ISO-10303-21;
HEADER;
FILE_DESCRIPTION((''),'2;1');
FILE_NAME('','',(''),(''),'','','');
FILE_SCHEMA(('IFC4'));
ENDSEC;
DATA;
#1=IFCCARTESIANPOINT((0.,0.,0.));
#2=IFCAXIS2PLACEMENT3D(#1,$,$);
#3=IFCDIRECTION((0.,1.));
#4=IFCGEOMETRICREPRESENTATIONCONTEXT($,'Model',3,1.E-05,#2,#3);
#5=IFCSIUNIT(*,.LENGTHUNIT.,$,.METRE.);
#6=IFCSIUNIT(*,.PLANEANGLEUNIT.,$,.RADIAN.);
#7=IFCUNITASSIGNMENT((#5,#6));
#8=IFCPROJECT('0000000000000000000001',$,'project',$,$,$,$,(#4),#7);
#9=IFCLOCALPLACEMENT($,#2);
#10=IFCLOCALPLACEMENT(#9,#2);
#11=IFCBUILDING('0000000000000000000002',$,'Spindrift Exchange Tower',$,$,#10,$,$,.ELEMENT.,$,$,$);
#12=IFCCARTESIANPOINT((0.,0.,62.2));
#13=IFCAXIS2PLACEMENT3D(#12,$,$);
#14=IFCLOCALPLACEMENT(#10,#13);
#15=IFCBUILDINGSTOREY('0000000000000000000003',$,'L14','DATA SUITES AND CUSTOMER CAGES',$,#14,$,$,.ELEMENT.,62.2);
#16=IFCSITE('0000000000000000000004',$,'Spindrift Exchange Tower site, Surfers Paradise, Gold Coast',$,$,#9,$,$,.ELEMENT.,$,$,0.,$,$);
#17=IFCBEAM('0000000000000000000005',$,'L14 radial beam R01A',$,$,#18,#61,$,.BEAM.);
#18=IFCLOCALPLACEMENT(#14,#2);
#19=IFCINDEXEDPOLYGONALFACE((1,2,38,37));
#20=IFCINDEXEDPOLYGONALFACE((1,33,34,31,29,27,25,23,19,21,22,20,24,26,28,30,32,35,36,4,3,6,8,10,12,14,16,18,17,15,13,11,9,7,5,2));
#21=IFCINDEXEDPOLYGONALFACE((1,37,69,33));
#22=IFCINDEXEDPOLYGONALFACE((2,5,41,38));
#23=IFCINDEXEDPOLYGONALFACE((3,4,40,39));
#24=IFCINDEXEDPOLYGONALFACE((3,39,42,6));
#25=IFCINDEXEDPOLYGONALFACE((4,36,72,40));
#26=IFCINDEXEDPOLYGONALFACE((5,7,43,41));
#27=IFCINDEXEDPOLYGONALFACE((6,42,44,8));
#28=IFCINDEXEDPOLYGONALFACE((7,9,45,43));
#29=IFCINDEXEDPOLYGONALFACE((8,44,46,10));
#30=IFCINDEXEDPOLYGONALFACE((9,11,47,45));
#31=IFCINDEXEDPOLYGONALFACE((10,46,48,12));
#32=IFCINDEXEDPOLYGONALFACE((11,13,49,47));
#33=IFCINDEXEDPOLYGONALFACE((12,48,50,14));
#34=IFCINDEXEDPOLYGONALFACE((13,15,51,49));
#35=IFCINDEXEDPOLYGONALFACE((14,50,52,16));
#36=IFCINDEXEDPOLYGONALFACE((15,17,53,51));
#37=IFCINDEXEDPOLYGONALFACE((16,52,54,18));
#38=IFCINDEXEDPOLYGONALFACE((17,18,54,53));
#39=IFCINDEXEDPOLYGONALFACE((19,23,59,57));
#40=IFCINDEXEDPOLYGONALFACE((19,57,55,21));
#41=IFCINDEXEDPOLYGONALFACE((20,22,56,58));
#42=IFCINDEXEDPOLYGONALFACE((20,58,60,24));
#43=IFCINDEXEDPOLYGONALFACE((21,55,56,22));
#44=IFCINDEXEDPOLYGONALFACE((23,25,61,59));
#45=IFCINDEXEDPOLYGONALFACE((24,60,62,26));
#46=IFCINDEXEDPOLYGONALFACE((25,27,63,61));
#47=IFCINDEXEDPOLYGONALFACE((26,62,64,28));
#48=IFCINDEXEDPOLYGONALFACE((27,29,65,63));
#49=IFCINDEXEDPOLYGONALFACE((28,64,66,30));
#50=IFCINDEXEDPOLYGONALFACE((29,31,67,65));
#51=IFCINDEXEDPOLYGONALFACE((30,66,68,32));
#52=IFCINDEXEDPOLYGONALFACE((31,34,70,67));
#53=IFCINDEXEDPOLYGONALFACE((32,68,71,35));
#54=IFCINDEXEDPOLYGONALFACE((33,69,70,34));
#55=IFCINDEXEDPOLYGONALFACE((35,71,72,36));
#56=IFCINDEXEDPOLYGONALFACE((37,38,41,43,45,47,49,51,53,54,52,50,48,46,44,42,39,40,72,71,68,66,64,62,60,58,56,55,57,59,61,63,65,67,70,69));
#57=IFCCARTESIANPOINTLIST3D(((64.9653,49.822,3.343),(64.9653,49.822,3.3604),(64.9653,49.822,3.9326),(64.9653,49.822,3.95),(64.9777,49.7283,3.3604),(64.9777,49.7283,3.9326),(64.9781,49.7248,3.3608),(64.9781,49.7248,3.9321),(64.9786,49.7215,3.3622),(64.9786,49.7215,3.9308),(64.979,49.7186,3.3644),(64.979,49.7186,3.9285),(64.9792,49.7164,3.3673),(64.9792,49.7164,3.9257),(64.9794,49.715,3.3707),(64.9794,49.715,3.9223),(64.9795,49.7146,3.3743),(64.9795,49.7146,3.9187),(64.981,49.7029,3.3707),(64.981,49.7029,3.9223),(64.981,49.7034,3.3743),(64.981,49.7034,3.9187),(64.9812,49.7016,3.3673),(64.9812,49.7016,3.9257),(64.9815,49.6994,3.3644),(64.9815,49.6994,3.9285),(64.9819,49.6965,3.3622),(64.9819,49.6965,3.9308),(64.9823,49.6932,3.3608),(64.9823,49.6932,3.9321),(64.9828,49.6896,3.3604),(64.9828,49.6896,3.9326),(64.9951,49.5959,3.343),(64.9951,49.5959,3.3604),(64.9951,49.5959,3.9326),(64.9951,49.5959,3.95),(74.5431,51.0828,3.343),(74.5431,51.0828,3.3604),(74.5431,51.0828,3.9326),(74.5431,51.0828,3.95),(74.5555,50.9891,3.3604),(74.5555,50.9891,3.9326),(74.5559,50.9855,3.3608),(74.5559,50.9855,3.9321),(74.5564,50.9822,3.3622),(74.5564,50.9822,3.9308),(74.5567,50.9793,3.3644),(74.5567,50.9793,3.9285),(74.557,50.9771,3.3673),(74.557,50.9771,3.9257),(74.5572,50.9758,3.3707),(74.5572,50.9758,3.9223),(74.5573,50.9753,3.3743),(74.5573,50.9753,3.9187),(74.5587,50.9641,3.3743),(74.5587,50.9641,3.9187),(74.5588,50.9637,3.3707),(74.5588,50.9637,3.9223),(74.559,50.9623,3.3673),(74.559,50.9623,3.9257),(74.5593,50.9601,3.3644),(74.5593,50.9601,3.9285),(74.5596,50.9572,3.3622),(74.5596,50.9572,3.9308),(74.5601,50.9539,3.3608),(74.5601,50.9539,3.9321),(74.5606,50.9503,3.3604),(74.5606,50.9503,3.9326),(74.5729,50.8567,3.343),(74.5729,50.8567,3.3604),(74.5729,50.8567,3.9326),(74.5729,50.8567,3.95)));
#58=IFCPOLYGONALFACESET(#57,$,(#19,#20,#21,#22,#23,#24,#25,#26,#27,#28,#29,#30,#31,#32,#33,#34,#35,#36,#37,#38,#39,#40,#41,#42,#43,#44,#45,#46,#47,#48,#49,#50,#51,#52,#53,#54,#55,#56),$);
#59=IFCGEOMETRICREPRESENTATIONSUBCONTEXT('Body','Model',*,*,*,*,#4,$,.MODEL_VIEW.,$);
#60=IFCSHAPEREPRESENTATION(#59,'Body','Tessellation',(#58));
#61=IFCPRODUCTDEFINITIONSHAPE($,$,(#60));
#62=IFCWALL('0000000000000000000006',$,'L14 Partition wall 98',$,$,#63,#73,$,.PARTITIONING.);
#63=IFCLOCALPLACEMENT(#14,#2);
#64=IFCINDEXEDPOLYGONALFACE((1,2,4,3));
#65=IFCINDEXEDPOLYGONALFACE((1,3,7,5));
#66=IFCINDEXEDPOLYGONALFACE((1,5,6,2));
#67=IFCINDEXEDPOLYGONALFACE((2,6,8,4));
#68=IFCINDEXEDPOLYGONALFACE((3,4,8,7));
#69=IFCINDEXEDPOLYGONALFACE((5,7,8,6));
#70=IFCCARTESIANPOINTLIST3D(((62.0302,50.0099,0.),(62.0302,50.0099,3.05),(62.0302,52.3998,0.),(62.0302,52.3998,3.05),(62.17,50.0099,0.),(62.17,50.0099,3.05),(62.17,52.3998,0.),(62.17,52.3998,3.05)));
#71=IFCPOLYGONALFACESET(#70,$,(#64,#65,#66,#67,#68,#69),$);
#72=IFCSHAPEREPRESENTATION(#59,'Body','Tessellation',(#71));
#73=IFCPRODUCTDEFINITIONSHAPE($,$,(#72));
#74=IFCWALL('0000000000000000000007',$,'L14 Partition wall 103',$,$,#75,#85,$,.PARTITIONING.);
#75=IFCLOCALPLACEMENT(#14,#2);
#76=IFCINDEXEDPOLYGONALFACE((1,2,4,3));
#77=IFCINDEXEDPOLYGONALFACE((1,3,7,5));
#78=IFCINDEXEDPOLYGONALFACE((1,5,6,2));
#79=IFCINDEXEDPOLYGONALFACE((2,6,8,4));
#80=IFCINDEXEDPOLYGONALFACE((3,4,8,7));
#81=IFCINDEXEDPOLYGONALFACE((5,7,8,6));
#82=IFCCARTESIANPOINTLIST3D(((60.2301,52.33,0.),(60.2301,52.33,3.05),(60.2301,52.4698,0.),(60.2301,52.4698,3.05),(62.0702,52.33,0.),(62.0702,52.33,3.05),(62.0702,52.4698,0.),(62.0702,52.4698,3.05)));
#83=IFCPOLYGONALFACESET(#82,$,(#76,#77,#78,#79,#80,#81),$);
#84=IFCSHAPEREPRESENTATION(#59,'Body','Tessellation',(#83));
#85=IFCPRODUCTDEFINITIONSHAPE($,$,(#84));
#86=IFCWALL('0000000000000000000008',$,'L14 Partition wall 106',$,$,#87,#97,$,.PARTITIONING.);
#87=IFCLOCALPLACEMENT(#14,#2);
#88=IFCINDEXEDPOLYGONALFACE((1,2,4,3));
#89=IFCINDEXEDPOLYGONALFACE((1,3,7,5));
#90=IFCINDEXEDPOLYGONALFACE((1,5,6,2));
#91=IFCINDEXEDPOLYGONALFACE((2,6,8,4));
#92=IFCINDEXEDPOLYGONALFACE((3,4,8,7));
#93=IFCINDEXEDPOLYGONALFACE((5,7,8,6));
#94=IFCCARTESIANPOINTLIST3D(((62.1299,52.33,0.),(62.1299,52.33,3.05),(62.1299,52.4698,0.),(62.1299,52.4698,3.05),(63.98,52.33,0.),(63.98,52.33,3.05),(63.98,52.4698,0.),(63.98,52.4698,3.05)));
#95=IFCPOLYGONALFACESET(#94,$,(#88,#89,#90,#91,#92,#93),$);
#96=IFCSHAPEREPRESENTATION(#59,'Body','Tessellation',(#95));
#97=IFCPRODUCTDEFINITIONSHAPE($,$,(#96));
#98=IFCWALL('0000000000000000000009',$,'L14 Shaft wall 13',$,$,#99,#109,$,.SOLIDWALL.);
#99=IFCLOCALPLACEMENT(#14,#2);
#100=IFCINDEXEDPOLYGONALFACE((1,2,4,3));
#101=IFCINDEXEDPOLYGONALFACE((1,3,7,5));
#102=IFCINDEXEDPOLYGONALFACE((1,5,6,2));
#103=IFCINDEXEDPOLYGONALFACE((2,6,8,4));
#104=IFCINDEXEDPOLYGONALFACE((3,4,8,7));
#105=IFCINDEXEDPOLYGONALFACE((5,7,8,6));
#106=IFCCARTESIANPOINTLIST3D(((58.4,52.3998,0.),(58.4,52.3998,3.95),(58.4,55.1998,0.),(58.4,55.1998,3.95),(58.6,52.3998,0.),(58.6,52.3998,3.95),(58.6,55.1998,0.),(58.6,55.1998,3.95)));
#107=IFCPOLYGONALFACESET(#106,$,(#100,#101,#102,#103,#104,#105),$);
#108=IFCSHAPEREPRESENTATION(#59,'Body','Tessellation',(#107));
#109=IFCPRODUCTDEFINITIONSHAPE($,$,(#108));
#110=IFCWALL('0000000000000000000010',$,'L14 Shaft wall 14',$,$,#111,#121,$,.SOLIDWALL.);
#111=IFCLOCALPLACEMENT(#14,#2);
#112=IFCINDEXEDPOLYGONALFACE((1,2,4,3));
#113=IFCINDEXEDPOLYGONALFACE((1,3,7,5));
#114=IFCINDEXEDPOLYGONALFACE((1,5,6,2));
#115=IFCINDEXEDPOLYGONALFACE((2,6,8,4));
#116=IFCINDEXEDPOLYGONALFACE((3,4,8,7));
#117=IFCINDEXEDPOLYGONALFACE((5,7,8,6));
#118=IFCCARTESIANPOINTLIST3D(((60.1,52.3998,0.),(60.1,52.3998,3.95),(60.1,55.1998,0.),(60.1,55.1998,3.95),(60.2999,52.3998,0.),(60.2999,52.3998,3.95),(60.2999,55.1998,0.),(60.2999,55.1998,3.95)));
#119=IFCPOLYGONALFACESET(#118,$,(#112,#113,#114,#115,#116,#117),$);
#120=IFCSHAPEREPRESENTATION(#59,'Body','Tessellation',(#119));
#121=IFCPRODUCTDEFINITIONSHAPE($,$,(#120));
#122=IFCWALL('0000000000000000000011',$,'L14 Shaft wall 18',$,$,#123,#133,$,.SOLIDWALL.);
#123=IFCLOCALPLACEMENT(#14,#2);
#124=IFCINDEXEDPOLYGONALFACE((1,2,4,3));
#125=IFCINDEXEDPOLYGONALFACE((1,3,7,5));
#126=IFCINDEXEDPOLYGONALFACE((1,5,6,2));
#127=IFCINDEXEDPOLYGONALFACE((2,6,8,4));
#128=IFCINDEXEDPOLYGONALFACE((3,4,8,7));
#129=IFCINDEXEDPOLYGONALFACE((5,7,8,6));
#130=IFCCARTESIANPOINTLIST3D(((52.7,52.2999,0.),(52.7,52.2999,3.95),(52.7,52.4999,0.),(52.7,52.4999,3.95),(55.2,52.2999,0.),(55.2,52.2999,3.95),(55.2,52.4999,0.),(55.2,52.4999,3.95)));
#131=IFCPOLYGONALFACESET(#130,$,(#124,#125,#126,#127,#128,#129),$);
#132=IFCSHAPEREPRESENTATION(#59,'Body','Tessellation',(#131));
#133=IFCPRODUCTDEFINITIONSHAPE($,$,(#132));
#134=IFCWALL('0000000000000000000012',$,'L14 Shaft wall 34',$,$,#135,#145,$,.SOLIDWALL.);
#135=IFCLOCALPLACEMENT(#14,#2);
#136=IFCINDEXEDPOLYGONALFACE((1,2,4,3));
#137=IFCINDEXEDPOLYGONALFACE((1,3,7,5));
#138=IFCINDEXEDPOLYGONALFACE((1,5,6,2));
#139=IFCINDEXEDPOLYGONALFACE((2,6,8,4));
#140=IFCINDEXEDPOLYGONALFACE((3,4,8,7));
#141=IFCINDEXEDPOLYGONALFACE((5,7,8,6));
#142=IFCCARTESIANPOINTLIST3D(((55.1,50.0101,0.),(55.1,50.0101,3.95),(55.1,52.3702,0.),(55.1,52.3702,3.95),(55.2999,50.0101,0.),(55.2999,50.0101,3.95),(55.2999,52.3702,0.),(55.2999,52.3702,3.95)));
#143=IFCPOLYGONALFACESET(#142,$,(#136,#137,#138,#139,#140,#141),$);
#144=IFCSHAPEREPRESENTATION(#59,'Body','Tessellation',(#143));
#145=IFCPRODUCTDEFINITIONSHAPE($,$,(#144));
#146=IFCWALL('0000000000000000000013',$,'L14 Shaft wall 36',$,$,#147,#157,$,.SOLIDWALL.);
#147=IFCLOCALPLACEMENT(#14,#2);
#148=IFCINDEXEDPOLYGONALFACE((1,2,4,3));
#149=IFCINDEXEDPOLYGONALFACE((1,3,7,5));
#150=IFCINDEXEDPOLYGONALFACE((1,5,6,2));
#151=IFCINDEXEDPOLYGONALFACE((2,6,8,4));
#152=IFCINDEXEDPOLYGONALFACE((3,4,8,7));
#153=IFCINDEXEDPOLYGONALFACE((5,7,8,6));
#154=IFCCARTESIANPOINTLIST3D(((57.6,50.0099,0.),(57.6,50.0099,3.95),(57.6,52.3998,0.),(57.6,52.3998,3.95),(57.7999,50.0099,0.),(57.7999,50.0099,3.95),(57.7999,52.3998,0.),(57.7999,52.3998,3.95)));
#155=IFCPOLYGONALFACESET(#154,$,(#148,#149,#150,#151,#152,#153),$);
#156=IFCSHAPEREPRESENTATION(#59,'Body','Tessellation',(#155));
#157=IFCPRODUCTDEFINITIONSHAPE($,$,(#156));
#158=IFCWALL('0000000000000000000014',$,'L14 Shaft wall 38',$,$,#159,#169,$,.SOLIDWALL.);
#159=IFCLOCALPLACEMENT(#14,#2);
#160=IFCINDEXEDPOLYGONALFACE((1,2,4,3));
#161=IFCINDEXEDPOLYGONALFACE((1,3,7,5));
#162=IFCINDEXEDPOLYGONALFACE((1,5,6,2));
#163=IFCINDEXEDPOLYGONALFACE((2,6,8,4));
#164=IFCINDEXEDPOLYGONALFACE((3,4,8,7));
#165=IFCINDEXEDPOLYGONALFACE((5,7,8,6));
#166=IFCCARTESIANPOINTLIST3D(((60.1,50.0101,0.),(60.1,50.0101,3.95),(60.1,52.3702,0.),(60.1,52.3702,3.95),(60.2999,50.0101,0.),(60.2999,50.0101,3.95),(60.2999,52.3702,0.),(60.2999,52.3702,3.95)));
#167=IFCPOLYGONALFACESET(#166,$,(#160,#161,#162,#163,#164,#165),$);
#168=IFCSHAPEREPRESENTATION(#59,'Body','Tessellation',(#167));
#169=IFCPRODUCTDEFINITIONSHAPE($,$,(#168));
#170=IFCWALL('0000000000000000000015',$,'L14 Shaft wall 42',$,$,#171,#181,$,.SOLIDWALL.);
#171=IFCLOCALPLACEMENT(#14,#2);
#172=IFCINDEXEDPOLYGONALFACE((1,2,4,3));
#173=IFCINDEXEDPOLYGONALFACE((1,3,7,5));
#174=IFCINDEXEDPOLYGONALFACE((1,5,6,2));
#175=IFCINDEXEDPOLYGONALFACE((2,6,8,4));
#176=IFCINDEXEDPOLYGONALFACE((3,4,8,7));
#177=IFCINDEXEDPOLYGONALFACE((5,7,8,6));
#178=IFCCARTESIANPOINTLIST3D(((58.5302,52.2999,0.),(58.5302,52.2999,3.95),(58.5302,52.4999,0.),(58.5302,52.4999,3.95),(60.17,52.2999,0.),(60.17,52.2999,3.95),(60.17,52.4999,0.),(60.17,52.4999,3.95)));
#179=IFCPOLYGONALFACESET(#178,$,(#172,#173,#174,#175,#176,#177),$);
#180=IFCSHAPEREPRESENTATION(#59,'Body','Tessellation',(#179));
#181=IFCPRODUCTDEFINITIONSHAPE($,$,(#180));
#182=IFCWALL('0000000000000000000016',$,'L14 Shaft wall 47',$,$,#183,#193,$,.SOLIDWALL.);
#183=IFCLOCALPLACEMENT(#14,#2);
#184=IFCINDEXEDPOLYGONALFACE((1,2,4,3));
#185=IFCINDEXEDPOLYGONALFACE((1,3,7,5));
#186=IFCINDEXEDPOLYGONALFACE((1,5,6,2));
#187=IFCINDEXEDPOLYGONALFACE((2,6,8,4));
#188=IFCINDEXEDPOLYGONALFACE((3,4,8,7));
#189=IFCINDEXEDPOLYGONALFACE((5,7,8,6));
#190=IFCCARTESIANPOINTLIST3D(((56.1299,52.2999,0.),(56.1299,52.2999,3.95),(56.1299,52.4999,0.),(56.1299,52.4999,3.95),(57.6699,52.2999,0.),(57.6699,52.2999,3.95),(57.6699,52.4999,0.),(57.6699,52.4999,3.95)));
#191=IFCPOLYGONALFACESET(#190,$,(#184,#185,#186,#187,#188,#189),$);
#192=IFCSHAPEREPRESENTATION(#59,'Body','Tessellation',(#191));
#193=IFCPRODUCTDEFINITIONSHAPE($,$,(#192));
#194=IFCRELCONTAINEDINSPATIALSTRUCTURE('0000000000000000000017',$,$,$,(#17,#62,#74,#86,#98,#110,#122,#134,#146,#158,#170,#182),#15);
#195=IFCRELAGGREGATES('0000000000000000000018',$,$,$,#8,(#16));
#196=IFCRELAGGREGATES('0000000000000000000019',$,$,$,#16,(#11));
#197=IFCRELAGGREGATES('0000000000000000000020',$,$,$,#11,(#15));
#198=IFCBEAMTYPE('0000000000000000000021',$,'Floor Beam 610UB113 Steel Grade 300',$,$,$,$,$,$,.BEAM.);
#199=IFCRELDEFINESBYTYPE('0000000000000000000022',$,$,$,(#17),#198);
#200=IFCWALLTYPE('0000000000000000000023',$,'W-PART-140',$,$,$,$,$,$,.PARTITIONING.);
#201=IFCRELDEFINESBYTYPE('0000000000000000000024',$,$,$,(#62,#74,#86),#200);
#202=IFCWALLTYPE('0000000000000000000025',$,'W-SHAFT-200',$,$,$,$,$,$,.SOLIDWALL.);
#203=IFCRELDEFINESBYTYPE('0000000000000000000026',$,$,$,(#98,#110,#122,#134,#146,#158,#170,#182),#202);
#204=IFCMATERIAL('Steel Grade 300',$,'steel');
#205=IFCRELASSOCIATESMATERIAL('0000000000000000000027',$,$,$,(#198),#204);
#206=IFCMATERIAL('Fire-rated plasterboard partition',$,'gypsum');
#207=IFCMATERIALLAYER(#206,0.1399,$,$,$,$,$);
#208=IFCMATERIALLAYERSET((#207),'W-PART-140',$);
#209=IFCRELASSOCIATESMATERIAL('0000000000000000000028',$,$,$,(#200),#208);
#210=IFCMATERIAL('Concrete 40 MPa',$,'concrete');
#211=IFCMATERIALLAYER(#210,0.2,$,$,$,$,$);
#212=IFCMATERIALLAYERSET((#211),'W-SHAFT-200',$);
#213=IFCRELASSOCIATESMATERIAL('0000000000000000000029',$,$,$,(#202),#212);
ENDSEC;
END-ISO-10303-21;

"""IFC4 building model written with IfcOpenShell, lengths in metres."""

from ifc_helpers import new_model, si_unit, direction, frame, frame_2d, origin, origin_2d, place, context, subcontext, project, spatial, rectangle, i_section, extrude, source, transform, mapped, material, layer, layer_set, material_profile, profile_set, type_object, element, save


model = new_model("IFC4")

# Units and contexts
model_context = context("Model", 3, precision=1e-05, world=origin(), true_north=direction((0.0, 1.0)))
body_context = subcontext(model_context, "Body", "Model", "MODEL_VIEW")
ifc_project = project(units=[si_unit("LENGTHUNIT", "METRE"), si_unit("PLANEANGLEUNIT", "RADIAN")], contexts=[model_context])

# Site, building, storey
site_placement = place(None, origin())
site = spatial("IfcSite", under=ifc_project, at=site_placement, Name="Spindrift Exchange Tower site, Surfers Paradise, Gold Coast", CompositionType="ELEMENT", RefElevation=0.0)
building_placement = place(site_placement, origin())
building = spatial("IfcBuilding", under=site, at=building_placement, Name="Spindrift Exchange Tower", CompositionType="ELEMENT")
storey_placement = place(building_placement, frame((0.0, 0.0, 62.2)))
storey = spatial("IfcBuildingStorey", under=building, at=storey_placement, Name="L14", Description="DATA SUITES AND CUSTOMER CAGES", CompositionType="ELEMENT", Elevation=62.2)

# Beam
ifc_material_1 = material(Name="Steel Grade 300", Category="steel")
ifc_material_profile = material_profile(ifc_material_1, i_section(OverallWidth=0.228, OverallDepth=0.6069, WebThickness=0.0112, FlangeThickness=0.0173, FilletRadius=0.0139, at=origin_2d()), Name="610UB113")
ifc_profile_set = profile_set([ifc_material_profile], Name="Steel Grade 300")
beam_type = type_object("IfcBeamType", Name="Floor Beam 610UB113 Steel Grade 300", PredefinedType="BEAM", material=ifc_profile_set)
shared_shape = source(origin(), body_context, "Body", "SweptSolid", [
    extrude(i_section(OverallWidth=0.228, OverallDepth=0.6069, WebThickness=0.0112, FlangeThickness=0.0173, FilletRadius=0.0139, at=origin_2d()), origin(), (0.0, 0.0, 1.0), 9.6604),
])
beam_placement = place(storey_placement, frame((64.9802, 49.709, 3.6465), z_axis=(0.991448, 0.130505, 0.0), x_axis=(-0.130505, 0.991448, 0.0)))
element("IfcBeam", 1, at=beam_placement, inside=storey, type_object=beam_type, Name="L14 radial beam R01A", PredefinedType="BEAM", context=body_context, shape_type="MappedRepresentation", body=[
    mapped(shared_shape, transform((0.0, 0.0, 0.0), scale=1.0)),
])

# Walls
ifc_material_2 = material(Name="Fire-rated plasterboard partition", Category="gypsum")
ifc_layer_1 = layer(ifc_material_2, 0.1399)
ifc_layer_set_1 = layer_set([ifc_layer_1], Name="W-PART-140")
wall_type_1 = type_object("IfcWallType", Name="W-PART-140", PredefinedType="PARTITIONING", material=ifc_layer_set_1)
wall_1_placement = place(storey_placement, frame((62.1001, 50.01, 0.0), z_axis=(0.0, 0.0, 1.0), x_axis=(0.0, 1.0, 0.0)))
element("IfcWall", 2, at=wall_1_placement, inside=storey, type_object=wall_type_1, Name="L14 Partition wall 98", PredefinedType="PARTITIONING", context=body_context, shape_type="SweptSolid", body=[
    extrude(rectangle(XDim=2.3899, YDim=0.1399, at=frame_2d((1.1948, 0.0))), origin(), (0.0, 0.0, 1.0), 3.05),
])
wall_2_placement = place(storey_placement, frame((62.0701, 52.3999, 0.0), z_axis=(0.0, 0.0, 1.0), x_axis=(-1.0, 0.0, 0.0)))
element("IfcWall", 3, at=wall_2_placement, inside=storey, type_object=wall_type_1, Name="L14 Partition wall 103", PredefinedType="PARTITIONING", context=body_context, shape_type="SweptSolid", body=[
    extrude(rectangle(XDim=1.8401, YDim=0.1399, at=frame_2d((0.9199, 0.0))), origin(), (0.0, 0.0, 1.0), 3.05),
])
wall_3_placement = place(storey_placement, frame((63.98, 52.3999, 0.0), z_axis=(0.0, 0.0, 1.0), x_axis=(-1.0, 0.0, 0.0)))
element("IfcWall", 4, at=wall_3_placement, inside=storey, type_object=wall_type_1, Name="L14 Partition wall 106", PredefinedType="PARTITIONING", context=body_context, shape_type="SweptSolid", body=[
    extrude(rectangle(XDim=1.8501, YDim=0.1399, at=frame_2d((0.925, 0.0))), origin(), (0.0, 0.0, 1.0), 3.05),
])
ifc_material_3 = material(Name="Concrete 40 MPa", Category="concrete")
ifc_layer_2 = layer(ifc_material_3, 0.2)
ifc_layer_set_2 = layer_set([ifc_layer_2], Name="W-SHAFT-200")
wall_type_2 = type_object("IfcWallType", Name="W-SHAFT-200", PredefinedType="SOLIDWALL", material=ifc_layer_set_2)
for number, where, z_axis, x_axis, name in (
    (5, (58.5, 52.3999, 0.0), (0.0, 0.0, 1.0), (0.0, 1.0, 0.0), "L14 Shaft wall 13"),
    (6, (60.2, 52.3999, 0.0), (0.0, 0.0, 1.0), (0.0, 1.0, 0.0), "L14 Shaft wall 14"),
):
    element("IfcWall", number, at=place(storey_placement, frame(where, z_axis=z_axis, x_axis=x_axis)), inside=storey, type_object=wall_type_2, Name=name, PredefinedType="SOLIDWALL", context=body_context, shape_type="SweptSolid", body=[
        extrude(rectangle(XDim=2.8, YDim=0.2, at=frame_2d((1.3999, 0.0))), origin(), (0.0, 0.0, 1.0), 3.95),
    ])
wall_4_placement = place(storey_placement, frame((55.2, 52.3999, 0.0), z_axis=(0.0, 0.0, 1.0), x_axis=(-1.0, 0.0, 0.0)))
element("IfcWall", 7, at=wall_4_placement, inside=storey, type_object=wall_type_2, Name="L14 Shaft wall 18", PredefinedType="SOLIDWALL", context=body_context, shape_type="SweptSolid", body=[
    extrude(rectangle(XDim=2.5, YDim=0.2, at=frame_2d((1.25, 0.0))), origin(), (0.0, 0.0, 1.0), 3.95),
])
wall_5_placement = place(storey_placement, frame((55.2, 50.01, 0.0), z_axis=(0.0, 0.0, 1.0), x_axis=(0.0, 1.0, 0.0)))
element("IfcWall", 8, at=wall_5_placement, inside=storey, type_object=wall_type_2, Name="L14 Shaft wall 34", PredefinedType="SOLIDWALL", context=body_context, shape_type="SweptSolid", body=[
    extrude(rectangle(XDim=2.3601, YDim=0.2, at=frame_2d((1.1802, 0.0))), origin(), (0.0, 0.0, 1.0), 3.95),
])
wall_6_placement = place(storey_placement, frame((57.7, 50.01, 0.0), z_axis=(0.0, 0.0, 1.0), x_axis=(0.0, 1.0, 0.0)))
element("IfcWall", 9, at=wall_6_placement, inside=storey, type_object=wall_type_2, Name="L14 Shaft wall 36", PredefinedType="SOLIDWALL", context=body_context, shape_type="SweptSolid", body=[
    extrude(rectangle(XDim=2.3899, YDim=0.2, at=frame_2d((1.1948, 0.0))), origin(), (0.0, 0.0, 1.0), 3.95),
])
wall_7_placement = place(storey_placement, frame((60.2, 50.01, 0.0), z_axis=(0.0, 0.0, 1.0), x_axis=(0.0, 1.0, 0.0)))
element("IfcWall", 10, at=wall_7_placement, inside=storey, type_object=wall_type_2, Name="L14 Shaft wall 38", PredefinedType="SOLIDWALL", context=body_context, shape_type="SweptSolid", body=[
    extrude(rectangle(XDim=2.3601, YDim=0.2, at=frame_2d((1.1802, 0.0))), origin(), (0.0, 0.0, 1.0), 3.95),
])
wall_8_placement = place(storey_placement, frame((60.1699, 52.3999, 0.0), z_axis=(0.0, 0.0, 1.0), x_axis=(-1.0, 0.0, 0.0)))
element("IfcWall", 11, at=wall_8_placement, inside=storey, type_object=wall_type_2, Name="L14 Shaft wall 42", PredefinedType="SOLIDWALL", context=body_context, shape_type="SweptSolid", body=[
    extrude(rectangle(XDim=1.6399, YDim=0.2, at=frame_2d((0.8198, 0.0))), origin(), (0.0, 0.0, 1.0), 3.95),
])
wall_9_placement = place(storey_placement, frame((57.6699, 52.3999, 0.0), z_axis=(0.0, 0.0, 1.0), x_axis=(-1.0, 0.0, 0.0)))
element("IfcWall", 12, at=wall_9_placement, inside=storey, type_object=wall_type_2, Name="L14 Shaft wall 47", PredefinedType="SOLIDWALL", context=body_context, shape_type="SweptSolid", body=[
    extrude(rectangle(XDim=1.54, YDim=0.2, at=frame_2d((0.77, 0.0))), origin(), (0.0, 0.0, 1.0), 3.95),
])

save(model, "model.ifc")
